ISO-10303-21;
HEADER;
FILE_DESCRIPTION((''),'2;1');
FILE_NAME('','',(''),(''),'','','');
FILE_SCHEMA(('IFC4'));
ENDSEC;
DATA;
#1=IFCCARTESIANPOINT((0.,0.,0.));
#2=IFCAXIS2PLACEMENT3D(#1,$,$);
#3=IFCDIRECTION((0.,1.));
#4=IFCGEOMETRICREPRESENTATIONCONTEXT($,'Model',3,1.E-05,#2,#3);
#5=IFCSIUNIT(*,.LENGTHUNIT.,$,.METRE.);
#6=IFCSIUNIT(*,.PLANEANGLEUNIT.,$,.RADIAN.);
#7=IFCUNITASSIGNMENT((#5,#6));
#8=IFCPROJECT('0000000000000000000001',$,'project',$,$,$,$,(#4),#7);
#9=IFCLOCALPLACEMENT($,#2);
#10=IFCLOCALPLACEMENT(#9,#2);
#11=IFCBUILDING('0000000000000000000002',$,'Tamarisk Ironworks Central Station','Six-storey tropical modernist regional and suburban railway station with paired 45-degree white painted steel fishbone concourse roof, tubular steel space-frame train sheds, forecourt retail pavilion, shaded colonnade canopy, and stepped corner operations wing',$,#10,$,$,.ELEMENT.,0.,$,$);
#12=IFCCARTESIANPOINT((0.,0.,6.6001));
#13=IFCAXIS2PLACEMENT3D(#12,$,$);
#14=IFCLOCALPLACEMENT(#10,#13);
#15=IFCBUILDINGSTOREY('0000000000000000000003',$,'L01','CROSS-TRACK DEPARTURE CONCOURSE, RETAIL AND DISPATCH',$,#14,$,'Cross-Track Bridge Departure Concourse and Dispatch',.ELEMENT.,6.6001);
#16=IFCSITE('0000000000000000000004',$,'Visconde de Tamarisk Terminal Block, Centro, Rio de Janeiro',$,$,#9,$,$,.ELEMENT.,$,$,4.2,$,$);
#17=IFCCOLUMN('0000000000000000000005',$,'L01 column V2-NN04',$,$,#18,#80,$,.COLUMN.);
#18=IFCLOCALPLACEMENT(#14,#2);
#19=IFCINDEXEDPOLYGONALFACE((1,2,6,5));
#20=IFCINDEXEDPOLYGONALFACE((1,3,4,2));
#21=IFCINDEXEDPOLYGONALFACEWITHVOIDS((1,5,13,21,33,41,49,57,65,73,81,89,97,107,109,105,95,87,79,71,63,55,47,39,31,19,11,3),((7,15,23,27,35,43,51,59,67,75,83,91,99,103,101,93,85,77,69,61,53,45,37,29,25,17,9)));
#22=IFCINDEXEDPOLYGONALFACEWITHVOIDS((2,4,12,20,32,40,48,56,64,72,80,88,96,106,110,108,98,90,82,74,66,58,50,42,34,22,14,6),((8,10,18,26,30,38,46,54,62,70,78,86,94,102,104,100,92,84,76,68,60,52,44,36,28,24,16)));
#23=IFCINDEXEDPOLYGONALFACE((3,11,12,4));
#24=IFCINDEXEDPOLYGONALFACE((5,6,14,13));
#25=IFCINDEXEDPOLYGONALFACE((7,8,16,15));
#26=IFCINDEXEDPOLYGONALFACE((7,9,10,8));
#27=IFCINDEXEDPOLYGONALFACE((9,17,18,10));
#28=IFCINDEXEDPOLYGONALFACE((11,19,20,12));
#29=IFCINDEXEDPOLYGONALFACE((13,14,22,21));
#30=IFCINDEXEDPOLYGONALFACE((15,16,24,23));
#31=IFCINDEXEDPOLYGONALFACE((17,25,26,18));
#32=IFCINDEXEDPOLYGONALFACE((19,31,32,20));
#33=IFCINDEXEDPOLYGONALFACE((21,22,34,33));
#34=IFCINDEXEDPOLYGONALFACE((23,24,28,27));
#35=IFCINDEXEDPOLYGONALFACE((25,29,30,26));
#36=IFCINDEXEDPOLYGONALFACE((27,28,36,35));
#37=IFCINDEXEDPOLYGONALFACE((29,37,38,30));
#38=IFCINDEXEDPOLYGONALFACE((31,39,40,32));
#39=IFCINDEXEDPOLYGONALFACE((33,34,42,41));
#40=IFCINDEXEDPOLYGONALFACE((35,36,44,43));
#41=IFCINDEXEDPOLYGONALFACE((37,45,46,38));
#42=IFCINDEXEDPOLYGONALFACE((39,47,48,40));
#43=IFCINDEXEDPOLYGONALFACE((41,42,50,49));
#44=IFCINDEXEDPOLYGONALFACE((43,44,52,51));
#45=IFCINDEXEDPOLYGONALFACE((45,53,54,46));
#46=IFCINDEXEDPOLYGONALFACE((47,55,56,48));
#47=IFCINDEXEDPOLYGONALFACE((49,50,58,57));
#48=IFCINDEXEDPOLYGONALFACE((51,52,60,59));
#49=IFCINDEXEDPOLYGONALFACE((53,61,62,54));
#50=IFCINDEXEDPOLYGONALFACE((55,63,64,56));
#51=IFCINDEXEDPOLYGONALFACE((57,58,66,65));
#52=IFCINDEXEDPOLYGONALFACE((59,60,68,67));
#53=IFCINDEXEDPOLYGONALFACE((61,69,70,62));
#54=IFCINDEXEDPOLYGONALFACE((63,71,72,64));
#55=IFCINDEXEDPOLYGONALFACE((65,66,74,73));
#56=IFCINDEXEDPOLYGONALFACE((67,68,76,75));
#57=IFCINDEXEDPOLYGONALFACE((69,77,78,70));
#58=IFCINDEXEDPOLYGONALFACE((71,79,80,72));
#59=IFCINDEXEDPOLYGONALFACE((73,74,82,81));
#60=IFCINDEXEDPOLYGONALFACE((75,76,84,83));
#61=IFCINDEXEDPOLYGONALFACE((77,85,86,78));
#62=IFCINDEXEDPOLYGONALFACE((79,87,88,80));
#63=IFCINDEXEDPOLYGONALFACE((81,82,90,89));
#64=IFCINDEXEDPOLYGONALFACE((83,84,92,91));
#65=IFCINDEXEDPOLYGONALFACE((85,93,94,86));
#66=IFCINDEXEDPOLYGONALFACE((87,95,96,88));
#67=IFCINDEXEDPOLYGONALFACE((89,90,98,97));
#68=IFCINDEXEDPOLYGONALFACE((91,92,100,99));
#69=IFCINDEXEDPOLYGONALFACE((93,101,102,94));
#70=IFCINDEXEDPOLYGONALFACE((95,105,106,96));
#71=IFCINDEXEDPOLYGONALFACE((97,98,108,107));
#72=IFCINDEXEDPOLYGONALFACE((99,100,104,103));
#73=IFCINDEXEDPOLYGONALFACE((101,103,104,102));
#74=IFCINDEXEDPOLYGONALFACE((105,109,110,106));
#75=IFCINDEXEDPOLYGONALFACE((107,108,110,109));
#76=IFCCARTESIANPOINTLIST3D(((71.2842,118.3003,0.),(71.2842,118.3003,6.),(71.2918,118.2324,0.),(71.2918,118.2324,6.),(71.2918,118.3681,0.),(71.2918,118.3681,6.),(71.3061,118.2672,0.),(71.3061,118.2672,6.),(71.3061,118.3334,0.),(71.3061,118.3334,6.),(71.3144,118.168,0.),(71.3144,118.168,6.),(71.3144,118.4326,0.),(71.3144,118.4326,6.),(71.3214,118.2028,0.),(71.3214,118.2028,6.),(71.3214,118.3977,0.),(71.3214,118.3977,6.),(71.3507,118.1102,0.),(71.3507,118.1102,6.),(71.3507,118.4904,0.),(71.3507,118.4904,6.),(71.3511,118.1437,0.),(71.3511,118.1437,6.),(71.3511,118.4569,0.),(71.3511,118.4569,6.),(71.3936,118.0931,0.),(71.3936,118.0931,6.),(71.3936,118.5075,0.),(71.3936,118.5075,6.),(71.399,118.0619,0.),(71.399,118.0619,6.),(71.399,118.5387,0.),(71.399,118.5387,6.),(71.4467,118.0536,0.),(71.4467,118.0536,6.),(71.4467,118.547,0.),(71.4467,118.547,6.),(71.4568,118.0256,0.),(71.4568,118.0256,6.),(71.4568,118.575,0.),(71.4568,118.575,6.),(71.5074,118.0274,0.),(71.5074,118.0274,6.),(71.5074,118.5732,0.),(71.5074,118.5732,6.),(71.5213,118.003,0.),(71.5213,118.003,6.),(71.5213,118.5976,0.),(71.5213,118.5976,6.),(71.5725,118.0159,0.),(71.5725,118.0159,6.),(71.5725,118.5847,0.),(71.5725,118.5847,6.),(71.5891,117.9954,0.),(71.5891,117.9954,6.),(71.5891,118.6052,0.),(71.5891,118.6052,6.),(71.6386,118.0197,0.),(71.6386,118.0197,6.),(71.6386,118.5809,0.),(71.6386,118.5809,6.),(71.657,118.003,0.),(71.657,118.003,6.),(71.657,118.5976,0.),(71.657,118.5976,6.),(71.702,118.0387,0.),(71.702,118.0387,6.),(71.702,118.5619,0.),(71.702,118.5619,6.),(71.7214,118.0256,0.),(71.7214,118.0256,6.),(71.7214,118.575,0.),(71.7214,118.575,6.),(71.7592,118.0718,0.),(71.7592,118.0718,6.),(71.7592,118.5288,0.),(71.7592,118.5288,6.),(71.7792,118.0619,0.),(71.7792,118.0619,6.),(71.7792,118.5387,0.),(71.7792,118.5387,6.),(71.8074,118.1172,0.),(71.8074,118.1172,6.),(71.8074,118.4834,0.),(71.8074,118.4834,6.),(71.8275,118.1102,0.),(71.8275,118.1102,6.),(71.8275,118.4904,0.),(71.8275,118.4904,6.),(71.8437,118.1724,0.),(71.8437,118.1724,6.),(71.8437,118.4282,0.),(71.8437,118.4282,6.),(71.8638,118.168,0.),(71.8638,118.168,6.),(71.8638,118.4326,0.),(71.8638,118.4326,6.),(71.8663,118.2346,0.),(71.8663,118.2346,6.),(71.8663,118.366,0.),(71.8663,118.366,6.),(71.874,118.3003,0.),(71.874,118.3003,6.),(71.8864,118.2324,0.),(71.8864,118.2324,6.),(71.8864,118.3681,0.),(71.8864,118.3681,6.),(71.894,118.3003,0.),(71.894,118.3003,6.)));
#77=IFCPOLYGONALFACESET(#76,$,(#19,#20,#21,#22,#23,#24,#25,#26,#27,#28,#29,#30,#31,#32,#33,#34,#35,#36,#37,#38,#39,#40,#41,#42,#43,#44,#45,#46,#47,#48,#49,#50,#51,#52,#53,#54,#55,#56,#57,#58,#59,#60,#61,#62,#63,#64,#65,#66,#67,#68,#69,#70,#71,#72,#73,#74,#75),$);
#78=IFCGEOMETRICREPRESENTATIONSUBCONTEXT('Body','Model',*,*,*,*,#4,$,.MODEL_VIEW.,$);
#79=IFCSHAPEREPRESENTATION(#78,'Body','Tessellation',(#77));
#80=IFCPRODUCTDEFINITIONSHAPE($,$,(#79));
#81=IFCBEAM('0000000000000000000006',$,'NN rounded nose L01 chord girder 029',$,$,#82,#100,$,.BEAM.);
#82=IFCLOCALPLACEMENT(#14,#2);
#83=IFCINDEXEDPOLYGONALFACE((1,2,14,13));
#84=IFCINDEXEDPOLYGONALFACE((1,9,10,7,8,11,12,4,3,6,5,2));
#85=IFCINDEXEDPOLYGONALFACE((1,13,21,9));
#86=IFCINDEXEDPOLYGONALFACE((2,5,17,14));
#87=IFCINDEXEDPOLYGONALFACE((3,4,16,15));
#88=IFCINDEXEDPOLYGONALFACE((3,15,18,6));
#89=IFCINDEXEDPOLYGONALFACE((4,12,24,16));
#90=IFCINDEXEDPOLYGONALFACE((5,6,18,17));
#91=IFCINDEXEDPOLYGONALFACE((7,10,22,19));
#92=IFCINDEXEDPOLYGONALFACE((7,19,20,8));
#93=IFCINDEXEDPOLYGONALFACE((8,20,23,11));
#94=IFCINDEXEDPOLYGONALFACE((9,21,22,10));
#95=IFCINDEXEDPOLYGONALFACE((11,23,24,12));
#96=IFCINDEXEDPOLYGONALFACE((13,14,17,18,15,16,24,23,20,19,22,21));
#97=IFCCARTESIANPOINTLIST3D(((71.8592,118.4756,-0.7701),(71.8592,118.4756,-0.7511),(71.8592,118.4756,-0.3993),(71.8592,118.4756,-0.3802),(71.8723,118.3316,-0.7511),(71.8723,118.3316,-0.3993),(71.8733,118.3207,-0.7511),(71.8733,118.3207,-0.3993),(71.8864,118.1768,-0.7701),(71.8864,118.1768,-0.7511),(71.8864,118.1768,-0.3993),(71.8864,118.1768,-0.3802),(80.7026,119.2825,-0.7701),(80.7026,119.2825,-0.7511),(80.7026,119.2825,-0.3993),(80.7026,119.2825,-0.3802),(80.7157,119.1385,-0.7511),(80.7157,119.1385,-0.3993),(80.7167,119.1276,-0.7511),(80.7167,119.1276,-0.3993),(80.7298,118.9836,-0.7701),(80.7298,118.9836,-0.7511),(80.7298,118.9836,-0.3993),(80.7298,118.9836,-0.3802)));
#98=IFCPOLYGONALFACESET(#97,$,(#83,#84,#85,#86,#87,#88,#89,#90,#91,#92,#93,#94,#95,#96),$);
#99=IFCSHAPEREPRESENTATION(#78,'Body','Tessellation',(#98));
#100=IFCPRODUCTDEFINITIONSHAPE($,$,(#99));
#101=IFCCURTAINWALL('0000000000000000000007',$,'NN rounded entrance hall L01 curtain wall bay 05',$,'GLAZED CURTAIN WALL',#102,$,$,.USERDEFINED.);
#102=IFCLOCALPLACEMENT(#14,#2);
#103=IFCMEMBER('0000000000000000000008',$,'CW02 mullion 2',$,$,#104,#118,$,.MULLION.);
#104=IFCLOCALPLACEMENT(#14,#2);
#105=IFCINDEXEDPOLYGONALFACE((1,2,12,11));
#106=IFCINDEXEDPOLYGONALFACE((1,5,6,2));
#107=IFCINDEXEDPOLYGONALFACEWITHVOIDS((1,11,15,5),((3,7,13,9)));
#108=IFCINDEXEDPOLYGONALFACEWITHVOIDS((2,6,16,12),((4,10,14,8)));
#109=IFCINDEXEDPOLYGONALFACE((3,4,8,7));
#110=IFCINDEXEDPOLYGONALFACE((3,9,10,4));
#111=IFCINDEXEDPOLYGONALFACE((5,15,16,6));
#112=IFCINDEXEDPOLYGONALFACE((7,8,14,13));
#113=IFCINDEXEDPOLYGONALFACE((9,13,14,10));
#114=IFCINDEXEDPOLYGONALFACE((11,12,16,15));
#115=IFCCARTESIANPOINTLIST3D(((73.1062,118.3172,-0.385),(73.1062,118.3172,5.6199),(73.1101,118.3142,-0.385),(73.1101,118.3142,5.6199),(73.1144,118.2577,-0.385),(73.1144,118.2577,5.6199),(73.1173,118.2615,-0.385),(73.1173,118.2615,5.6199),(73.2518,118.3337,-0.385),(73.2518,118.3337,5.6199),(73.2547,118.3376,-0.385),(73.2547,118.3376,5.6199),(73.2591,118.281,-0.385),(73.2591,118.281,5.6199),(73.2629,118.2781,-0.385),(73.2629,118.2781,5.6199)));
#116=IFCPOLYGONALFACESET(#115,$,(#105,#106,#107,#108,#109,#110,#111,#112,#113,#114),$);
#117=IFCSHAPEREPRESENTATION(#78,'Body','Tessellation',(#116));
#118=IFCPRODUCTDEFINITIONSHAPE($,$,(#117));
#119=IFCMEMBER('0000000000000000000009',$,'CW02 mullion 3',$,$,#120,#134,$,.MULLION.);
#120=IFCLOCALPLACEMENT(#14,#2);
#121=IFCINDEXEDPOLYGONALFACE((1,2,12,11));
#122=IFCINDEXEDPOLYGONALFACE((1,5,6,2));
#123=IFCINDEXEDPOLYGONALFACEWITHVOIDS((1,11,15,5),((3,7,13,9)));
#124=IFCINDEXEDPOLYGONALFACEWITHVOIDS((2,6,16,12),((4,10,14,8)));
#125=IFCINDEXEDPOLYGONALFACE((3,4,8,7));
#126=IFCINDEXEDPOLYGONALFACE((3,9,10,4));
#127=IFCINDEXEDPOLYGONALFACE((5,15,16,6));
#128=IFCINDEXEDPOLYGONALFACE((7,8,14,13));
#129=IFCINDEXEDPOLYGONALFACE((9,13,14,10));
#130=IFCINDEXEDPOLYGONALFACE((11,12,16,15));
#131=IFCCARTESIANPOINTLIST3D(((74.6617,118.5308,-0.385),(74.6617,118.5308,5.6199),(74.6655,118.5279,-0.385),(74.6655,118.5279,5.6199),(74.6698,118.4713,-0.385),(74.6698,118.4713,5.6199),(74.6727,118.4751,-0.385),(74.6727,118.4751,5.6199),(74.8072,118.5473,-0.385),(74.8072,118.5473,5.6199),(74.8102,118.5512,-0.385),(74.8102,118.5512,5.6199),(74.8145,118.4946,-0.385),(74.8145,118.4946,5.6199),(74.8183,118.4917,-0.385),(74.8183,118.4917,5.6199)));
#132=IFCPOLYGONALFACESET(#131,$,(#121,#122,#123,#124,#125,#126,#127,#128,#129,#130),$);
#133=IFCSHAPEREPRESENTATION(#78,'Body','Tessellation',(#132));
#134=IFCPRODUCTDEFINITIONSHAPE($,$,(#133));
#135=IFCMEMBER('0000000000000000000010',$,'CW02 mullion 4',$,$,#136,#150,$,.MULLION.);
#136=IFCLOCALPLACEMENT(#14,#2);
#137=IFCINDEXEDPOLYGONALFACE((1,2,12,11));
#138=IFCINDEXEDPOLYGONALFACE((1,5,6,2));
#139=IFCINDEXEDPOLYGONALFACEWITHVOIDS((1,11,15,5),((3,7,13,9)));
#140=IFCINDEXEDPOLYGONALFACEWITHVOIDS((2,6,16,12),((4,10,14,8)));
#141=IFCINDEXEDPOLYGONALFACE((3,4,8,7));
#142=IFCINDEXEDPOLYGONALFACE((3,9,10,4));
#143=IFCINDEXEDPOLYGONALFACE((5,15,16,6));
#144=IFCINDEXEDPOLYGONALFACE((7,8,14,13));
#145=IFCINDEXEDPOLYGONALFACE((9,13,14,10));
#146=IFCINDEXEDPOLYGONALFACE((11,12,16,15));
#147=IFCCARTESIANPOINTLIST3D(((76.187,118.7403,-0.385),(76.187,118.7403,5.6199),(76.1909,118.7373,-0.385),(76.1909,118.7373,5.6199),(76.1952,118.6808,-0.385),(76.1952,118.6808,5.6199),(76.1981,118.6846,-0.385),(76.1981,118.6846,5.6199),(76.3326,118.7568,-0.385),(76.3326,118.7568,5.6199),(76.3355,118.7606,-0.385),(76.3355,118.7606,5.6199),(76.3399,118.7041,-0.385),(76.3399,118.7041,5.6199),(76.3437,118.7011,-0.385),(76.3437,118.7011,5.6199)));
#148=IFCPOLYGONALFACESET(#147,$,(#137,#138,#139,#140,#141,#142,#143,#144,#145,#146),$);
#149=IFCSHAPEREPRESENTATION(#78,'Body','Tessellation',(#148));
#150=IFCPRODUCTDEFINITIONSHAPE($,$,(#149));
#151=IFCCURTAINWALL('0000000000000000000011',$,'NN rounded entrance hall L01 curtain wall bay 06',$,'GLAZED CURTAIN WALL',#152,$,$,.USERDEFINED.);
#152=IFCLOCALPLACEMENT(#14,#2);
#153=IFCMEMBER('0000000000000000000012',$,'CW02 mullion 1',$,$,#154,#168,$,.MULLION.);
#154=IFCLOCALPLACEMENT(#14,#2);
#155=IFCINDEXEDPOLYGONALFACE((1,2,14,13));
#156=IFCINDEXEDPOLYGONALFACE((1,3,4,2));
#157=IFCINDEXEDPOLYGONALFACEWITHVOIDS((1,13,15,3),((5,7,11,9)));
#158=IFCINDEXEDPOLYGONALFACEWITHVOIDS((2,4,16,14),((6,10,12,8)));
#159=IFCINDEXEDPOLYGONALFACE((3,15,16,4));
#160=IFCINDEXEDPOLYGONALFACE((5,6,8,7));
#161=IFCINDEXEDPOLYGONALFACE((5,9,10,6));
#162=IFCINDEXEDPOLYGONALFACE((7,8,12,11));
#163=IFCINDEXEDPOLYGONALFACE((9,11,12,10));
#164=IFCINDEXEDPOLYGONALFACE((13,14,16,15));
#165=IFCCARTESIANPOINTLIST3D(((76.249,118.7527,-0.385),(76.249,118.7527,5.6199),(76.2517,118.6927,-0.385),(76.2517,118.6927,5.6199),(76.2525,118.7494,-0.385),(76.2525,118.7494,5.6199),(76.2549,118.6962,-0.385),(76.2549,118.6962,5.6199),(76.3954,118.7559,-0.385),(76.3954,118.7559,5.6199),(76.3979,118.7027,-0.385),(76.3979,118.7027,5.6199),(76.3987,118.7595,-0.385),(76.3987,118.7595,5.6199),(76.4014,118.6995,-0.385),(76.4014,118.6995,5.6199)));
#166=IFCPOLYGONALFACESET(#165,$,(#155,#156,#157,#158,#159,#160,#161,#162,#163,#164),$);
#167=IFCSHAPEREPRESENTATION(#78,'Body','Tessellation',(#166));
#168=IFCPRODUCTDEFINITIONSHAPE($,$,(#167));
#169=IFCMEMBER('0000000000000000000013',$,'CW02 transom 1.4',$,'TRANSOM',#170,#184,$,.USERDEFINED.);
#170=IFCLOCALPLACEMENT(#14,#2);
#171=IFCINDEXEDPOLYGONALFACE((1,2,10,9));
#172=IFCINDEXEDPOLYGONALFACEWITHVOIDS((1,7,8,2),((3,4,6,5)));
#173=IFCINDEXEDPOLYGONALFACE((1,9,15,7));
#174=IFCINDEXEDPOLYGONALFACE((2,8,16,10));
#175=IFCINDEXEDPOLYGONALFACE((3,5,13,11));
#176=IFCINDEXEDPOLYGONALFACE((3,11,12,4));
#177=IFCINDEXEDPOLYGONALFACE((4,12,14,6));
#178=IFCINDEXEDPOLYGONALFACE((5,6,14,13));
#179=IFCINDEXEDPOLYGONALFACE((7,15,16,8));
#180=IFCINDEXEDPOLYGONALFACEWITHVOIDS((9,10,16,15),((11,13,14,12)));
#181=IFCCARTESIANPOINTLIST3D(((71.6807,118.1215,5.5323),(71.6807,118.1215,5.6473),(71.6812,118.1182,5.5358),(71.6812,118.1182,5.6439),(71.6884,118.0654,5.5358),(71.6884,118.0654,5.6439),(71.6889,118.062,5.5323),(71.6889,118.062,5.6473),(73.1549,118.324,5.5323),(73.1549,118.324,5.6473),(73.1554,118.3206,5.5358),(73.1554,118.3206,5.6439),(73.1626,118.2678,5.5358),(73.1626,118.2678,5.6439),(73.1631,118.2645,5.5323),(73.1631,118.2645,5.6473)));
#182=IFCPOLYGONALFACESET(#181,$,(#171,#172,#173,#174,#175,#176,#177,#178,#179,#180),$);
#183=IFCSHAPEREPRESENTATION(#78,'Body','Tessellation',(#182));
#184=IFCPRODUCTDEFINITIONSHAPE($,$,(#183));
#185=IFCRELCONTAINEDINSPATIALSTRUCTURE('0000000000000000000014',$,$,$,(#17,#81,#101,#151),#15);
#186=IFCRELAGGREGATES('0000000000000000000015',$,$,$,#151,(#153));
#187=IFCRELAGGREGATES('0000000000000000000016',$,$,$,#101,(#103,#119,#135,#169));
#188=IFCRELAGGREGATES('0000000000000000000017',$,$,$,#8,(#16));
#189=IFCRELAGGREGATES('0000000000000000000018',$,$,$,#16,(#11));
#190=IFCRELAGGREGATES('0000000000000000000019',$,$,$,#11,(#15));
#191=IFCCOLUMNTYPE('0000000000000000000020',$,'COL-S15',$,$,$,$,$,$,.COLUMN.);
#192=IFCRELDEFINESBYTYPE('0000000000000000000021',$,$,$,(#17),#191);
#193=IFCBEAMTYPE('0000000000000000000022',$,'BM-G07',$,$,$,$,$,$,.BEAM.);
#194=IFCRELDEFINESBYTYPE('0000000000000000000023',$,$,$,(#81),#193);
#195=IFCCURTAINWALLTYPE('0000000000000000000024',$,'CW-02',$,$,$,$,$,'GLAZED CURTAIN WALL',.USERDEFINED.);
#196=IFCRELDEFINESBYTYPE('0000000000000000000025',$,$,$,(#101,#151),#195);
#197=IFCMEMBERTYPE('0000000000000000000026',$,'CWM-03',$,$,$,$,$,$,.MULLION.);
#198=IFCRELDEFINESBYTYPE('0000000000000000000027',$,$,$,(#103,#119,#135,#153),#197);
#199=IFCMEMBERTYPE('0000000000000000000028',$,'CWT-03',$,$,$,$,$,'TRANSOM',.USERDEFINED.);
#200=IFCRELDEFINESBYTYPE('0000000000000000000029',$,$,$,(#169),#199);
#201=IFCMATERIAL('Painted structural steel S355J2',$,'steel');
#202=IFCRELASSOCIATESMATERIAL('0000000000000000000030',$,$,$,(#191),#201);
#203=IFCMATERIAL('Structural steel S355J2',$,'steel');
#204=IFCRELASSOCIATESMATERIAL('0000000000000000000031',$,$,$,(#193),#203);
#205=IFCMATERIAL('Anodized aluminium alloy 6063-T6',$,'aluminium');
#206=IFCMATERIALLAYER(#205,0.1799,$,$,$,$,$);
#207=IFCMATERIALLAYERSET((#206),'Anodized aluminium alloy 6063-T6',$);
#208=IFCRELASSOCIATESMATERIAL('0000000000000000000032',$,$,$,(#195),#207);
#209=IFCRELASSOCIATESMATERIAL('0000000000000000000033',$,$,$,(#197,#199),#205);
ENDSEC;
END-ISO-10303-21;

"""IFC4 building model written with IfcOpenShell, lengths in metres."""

from ifc_helpers import new_model, si_unit, direction, frame, origin, origin_2d, place, context, subcontext, project, spatial, hollow_rectangle, hollow_circle, i_section, extrude, material, layer, layer_set, material_profile, profile_set, type_object, element, aggregate, save


model = new_model("IFC4")

# Units and contexts
model_context = context("Model", 3, precision=1e-05, world=origin(), true_north=direction((0.0, 1.0)))
body_context = subcontext(model_context, "Body", "Model", "MODEL_VIEW")
ifc_project = project(units=[si_unit("LENGTHUNIT", "METRE"), si_unit("PLANEANGLEUNIT", "RADIAN")], contexts=[model_context])

# Site, building, storey
site_placement = place(None, origin())
site = spatial("IfcSite", under=ifc_project, at=site_placement, Name="Visconde de Tamarisk Terminal Block, Centro, Rio de Janeiro", CompositionType="ELEMENT", RefElevation=4.2)
building_placement = place(site_placement, origin())
building = spatial("IfcBuilding", under=site, at=building_placement, Name="Tamarisk Ironworks Central Station", Description="Six-storey tropical modernist regional and suburban railway station with paired 45-degree white painted steel fishbone concourse roof, tubular steel space-frame train sheds, forecourt retail pavilion, shaded colonnade canopy, and stepped corner operations wing", CompositionType="ELEMENT", ElevationOfRefHeight=0.0)
storey_placement = place(building_placement, frame((0.0, 0.0, 6.6001)))
storey = spatial("IfcBuildingStorey", under=building, at=storey_placement, Name="L01", Description="CROSS-TRACK DEPARTURE CONCOURSE, RETAIL AND DISPATCH", LongName="Cross-Track Bridge Departure Concourse and Dispatch", CompositionType="ELEMENT", Elevation=6.6001)

# Column
ifc_material_1 = material(Name="Painted structural steel S355J2", Category="steel")
ifc_material_profile_1 = material_profile(ifc_material_1, hollow_circle(Radius=0.3049, WallThickness=0.02, at=origin_2d()), Name="CHS 610x20")
ifc_profile_set_1 = profile_set([ifc_material_profile_1], Name="Painted structural steel S355J2")
column_type = type_object("IfcColumnType", Name="COL-S15", PredefinedType="COLUMN", material=ifc_profile_set_1)
column_placement = place(storey_placement, frame((71.5891, 118.3003, 0.0), z_axis=(0.0, 0.0, 1.0), x_axis=(1.0, 0.0, 0.0)))
element("IfcColumn", 1, at=column_placement, inside=storey, type_object=column_type, Name="L01 column V2-NN04", PredefinedType="COLUMN", context=body_context, shape_type="SweptSolid", body=[
    extrude(hollow_circle(Radius=0.3049, WallThickness=0.02, at=origin_2d()), origin(), (0.0, 0.0, 1.0), 6.0),
])

# Beam
ifc_material_2 = material(Name="Structural steel S355J2", Category="steel")
ifc_material_profile_2 = material_profile(ifc_material_2, i_section(OverallWidth=0.3, OverallDepth=0.3899, WebThickness=0.011, FlangeThickness=0.019, at=origin_2d()), Name="HEA 400")
ifc_profile_set_2 = profile_set([ifc_material_profile_2], Name="Structural steel S355J2")
beam_type = type_object("IfcBeamType", Name="BM-G07", PredefinedType="BEAM", material=ifc_profile_set_2)
beam_placement = place(storey_placement, frame((71.8728, 118.3262, -0.5752), z_axis=(0.995863, 0.090863, 0.0), x_axis=(-0.090863, 0.995863, 0.0)))
element("IfcBeam", 2, at=beam_placement, inside=storey, type_object=beam_type, Name="NN rounded nose L01 chord girder 029", PredefinedType="BEAM", context=body_context, shape_type="SweptSolid", body=[
    extrude(i_section(OverallWidth=0.3, OverallDepth=0.3899, WebThickness=0.011, FlangeThickness=0.019, at=origin_2d()), origin(), (0.0, 0.0, 1.0), 8.8801),
])

# Curtain wall, members
ifc_material_3 = material(Name="Anodized aluminium alloy 6063-T6", Category="aluminium")
ifc_layer_1 = layer(ifc_material_3, 0.1799)
ifc_layer_set_1 = layer_set([ifc_layer_1], Name="Anodized aluminium alloy 6063-T6")
curtain_wall_type = type_object("IfcCurtainWallType", Name="CW-02", ElementType="GLAZED CURTAIN WALL", PredefinedType="USERDEFINED", material=ifc_layer_set_1)
curtain_wall_1_placement = place(storey_placement, origin())
curtain_wall_1 = element("IfcCurtainWall", 3, at=curtain_wall_1_placement, inside=storey, type_object=curtain_wall_type, Name="NN rounded entrance hall L01 curtain wall bay 05", ObjectType="GLAZED CURTAIN WALL", PredefinedType="USERDEFINED")
ifc_material_profile_3 = material_profile(ifc_material_3, hollow_rectangle(XDim=0.0601, YDim=0.1499, WallThickness=0.0034, at=origin_2d()), Name="ALUM 150x60")
ifc_profile_set_3 = profile_set([ifc_material_profile_3], Name="Anodized aluminium alloy 6063-T6")
member_type_1 = type_object("IfcMemberType", Name="CWM-03", PredefinedType="MULLION", material=ifc_profile_set_3)
member_1_placement = place(storey_placement, frame((73.1846, 118.2976, -0.385), z_axis=(0.0, 0.0, 1.0), x_axis=(-0.136042, 0.990703, 0.0)))
member_1 = element("IfcMember", 4, at=member_1_placement, type_object=member_type_1, Name="CW02 mullion 2", PredefinedType="MULLION", context=body_context, shape_type="SweptSolid", body=[
    extrude(hollow_rectangle(XDim=0.0601, YDim=0.1499, WallThickness=0.0034, at=origin_2d()), origin(), (0.0, 0.0, 1.0), 6.0049),
])
member_2_placement = place(storey_placement, frame((74.74, 118.5112, -0.385), z_axis=(0.0, 0.0, 1.0), x_axis=(-0.136042, 0.990703, 0.0)))
member_2 = element("IfcMember", 5, at=member_2_placement, type_object=member_type_1, Name="CW02 mullion 3", PredefinedType="MULLION", context=body_context, shape_type="SweptSolid", body=[
    extrude(hollow_rectangle(XDim=0.0601, YDim=0.1499, WallThickness=0.0034, at=origin_2d()), origin(), (0.0, 0.0, 1.0), 6.0049),
])
member_3_placement = place(storey_placement, frame((76.2654, 118.7207, -0.385), z_axis=(0.0, 0.0, 1.0), x_axis=(-0.136042, 0.990703, 0.0)))
member_3 = element("IfcMember", 6, at=member_3_placement, type_object=member_type_1, Name="CW02 mullion 4", PredefinedType="MULLION", context=body_context, shape_type="SweptSolid", body=[
    extrude(hollow_rectangle(XDim=0.0601, YDim=0.1499, WallThickness=0.0034, at=origin_2d()), origin(), (0.0, 0.0, 1.0), 6.0049),
])

# Curtain wall, member
curtain_wall_2_placement = place(storey_placement, origin())
curtain_wall_2 = element("IfcCurtainWall", 7, at=curtain_wall_2_placement, inside=storey, type_object=curtain_wall_type, Name="NN rounded entrance hall L01 curtain wall bay 06", ObjectType="GLAZED CURTAIN WALL", PredefinedType="USERDEFINED")
member_4_placement = place(storey_placement, frame((76.3252, 118.7261, -0.385), z_axis=(0.0, 0.0, 1.0), x_axis=(-0.045481, 0.998965, 0.0)))
member_4 = element("IfcMember", 8, at=member_4_placement, type_object=member_type_1, Name="CW02 mullion 1", PredefinedType="MULLION", context=body_context, shape_type="SweptSolid", body=[
    extrude(hollow_rectangle(XDim=0.0601, YDim=0.1499, WallThickness=0.0034, at=origin_2d()), origin(), (0.0, 0.0, 1.0), 6.0049),
])
aggregate(curtain_wall_2, [member_4])

# Member
ifc_material_profile_4 = material_profile(ifc_material_3, hollow_rectangle(XDim=0.0601, YDim=0.115, WallThickness=0.0034, at=origin_2d()), Name="ALUM 115x60")
ifc_profile_set_4 = profile_set([ifc_material_profile_4], Name="Anodized aluminium alloy 6063-T6")
member_type_2 = type_object("IfcMemberType", Name="CWT-03", ElementType="TRANSOM", PredefinedType="USERDEFINED", material=ifc_profile_set_4)
member_5_placement = place(storey_placement, frame((71.6848, 118.0918, 5.5898), z_axis=(0.990706, 0.136021, 0.0), x_axis=(-0.136021, 0.990706, 0.0)))
member_5 = element("IfcMember", 9, at=member_5_placement, type_object=member_type_2, Name="CW02 transom 1.4", ObjectType="TRANSOM", PredefinedType="USERDEFINED", context=body_context, shape_type="SweptSolid", body=[
    extrude(hollow_rectangle(XDim=0.0601, YDim=0.115, WallThickness=0.0034, at=origin_2d()), origin(), (0.0, 0.0, 1.0), 1.488),
])

aggregate(curtain_wall_1, [member_1, member_2, member_3, member_5])

save(model, "model.ifc")
